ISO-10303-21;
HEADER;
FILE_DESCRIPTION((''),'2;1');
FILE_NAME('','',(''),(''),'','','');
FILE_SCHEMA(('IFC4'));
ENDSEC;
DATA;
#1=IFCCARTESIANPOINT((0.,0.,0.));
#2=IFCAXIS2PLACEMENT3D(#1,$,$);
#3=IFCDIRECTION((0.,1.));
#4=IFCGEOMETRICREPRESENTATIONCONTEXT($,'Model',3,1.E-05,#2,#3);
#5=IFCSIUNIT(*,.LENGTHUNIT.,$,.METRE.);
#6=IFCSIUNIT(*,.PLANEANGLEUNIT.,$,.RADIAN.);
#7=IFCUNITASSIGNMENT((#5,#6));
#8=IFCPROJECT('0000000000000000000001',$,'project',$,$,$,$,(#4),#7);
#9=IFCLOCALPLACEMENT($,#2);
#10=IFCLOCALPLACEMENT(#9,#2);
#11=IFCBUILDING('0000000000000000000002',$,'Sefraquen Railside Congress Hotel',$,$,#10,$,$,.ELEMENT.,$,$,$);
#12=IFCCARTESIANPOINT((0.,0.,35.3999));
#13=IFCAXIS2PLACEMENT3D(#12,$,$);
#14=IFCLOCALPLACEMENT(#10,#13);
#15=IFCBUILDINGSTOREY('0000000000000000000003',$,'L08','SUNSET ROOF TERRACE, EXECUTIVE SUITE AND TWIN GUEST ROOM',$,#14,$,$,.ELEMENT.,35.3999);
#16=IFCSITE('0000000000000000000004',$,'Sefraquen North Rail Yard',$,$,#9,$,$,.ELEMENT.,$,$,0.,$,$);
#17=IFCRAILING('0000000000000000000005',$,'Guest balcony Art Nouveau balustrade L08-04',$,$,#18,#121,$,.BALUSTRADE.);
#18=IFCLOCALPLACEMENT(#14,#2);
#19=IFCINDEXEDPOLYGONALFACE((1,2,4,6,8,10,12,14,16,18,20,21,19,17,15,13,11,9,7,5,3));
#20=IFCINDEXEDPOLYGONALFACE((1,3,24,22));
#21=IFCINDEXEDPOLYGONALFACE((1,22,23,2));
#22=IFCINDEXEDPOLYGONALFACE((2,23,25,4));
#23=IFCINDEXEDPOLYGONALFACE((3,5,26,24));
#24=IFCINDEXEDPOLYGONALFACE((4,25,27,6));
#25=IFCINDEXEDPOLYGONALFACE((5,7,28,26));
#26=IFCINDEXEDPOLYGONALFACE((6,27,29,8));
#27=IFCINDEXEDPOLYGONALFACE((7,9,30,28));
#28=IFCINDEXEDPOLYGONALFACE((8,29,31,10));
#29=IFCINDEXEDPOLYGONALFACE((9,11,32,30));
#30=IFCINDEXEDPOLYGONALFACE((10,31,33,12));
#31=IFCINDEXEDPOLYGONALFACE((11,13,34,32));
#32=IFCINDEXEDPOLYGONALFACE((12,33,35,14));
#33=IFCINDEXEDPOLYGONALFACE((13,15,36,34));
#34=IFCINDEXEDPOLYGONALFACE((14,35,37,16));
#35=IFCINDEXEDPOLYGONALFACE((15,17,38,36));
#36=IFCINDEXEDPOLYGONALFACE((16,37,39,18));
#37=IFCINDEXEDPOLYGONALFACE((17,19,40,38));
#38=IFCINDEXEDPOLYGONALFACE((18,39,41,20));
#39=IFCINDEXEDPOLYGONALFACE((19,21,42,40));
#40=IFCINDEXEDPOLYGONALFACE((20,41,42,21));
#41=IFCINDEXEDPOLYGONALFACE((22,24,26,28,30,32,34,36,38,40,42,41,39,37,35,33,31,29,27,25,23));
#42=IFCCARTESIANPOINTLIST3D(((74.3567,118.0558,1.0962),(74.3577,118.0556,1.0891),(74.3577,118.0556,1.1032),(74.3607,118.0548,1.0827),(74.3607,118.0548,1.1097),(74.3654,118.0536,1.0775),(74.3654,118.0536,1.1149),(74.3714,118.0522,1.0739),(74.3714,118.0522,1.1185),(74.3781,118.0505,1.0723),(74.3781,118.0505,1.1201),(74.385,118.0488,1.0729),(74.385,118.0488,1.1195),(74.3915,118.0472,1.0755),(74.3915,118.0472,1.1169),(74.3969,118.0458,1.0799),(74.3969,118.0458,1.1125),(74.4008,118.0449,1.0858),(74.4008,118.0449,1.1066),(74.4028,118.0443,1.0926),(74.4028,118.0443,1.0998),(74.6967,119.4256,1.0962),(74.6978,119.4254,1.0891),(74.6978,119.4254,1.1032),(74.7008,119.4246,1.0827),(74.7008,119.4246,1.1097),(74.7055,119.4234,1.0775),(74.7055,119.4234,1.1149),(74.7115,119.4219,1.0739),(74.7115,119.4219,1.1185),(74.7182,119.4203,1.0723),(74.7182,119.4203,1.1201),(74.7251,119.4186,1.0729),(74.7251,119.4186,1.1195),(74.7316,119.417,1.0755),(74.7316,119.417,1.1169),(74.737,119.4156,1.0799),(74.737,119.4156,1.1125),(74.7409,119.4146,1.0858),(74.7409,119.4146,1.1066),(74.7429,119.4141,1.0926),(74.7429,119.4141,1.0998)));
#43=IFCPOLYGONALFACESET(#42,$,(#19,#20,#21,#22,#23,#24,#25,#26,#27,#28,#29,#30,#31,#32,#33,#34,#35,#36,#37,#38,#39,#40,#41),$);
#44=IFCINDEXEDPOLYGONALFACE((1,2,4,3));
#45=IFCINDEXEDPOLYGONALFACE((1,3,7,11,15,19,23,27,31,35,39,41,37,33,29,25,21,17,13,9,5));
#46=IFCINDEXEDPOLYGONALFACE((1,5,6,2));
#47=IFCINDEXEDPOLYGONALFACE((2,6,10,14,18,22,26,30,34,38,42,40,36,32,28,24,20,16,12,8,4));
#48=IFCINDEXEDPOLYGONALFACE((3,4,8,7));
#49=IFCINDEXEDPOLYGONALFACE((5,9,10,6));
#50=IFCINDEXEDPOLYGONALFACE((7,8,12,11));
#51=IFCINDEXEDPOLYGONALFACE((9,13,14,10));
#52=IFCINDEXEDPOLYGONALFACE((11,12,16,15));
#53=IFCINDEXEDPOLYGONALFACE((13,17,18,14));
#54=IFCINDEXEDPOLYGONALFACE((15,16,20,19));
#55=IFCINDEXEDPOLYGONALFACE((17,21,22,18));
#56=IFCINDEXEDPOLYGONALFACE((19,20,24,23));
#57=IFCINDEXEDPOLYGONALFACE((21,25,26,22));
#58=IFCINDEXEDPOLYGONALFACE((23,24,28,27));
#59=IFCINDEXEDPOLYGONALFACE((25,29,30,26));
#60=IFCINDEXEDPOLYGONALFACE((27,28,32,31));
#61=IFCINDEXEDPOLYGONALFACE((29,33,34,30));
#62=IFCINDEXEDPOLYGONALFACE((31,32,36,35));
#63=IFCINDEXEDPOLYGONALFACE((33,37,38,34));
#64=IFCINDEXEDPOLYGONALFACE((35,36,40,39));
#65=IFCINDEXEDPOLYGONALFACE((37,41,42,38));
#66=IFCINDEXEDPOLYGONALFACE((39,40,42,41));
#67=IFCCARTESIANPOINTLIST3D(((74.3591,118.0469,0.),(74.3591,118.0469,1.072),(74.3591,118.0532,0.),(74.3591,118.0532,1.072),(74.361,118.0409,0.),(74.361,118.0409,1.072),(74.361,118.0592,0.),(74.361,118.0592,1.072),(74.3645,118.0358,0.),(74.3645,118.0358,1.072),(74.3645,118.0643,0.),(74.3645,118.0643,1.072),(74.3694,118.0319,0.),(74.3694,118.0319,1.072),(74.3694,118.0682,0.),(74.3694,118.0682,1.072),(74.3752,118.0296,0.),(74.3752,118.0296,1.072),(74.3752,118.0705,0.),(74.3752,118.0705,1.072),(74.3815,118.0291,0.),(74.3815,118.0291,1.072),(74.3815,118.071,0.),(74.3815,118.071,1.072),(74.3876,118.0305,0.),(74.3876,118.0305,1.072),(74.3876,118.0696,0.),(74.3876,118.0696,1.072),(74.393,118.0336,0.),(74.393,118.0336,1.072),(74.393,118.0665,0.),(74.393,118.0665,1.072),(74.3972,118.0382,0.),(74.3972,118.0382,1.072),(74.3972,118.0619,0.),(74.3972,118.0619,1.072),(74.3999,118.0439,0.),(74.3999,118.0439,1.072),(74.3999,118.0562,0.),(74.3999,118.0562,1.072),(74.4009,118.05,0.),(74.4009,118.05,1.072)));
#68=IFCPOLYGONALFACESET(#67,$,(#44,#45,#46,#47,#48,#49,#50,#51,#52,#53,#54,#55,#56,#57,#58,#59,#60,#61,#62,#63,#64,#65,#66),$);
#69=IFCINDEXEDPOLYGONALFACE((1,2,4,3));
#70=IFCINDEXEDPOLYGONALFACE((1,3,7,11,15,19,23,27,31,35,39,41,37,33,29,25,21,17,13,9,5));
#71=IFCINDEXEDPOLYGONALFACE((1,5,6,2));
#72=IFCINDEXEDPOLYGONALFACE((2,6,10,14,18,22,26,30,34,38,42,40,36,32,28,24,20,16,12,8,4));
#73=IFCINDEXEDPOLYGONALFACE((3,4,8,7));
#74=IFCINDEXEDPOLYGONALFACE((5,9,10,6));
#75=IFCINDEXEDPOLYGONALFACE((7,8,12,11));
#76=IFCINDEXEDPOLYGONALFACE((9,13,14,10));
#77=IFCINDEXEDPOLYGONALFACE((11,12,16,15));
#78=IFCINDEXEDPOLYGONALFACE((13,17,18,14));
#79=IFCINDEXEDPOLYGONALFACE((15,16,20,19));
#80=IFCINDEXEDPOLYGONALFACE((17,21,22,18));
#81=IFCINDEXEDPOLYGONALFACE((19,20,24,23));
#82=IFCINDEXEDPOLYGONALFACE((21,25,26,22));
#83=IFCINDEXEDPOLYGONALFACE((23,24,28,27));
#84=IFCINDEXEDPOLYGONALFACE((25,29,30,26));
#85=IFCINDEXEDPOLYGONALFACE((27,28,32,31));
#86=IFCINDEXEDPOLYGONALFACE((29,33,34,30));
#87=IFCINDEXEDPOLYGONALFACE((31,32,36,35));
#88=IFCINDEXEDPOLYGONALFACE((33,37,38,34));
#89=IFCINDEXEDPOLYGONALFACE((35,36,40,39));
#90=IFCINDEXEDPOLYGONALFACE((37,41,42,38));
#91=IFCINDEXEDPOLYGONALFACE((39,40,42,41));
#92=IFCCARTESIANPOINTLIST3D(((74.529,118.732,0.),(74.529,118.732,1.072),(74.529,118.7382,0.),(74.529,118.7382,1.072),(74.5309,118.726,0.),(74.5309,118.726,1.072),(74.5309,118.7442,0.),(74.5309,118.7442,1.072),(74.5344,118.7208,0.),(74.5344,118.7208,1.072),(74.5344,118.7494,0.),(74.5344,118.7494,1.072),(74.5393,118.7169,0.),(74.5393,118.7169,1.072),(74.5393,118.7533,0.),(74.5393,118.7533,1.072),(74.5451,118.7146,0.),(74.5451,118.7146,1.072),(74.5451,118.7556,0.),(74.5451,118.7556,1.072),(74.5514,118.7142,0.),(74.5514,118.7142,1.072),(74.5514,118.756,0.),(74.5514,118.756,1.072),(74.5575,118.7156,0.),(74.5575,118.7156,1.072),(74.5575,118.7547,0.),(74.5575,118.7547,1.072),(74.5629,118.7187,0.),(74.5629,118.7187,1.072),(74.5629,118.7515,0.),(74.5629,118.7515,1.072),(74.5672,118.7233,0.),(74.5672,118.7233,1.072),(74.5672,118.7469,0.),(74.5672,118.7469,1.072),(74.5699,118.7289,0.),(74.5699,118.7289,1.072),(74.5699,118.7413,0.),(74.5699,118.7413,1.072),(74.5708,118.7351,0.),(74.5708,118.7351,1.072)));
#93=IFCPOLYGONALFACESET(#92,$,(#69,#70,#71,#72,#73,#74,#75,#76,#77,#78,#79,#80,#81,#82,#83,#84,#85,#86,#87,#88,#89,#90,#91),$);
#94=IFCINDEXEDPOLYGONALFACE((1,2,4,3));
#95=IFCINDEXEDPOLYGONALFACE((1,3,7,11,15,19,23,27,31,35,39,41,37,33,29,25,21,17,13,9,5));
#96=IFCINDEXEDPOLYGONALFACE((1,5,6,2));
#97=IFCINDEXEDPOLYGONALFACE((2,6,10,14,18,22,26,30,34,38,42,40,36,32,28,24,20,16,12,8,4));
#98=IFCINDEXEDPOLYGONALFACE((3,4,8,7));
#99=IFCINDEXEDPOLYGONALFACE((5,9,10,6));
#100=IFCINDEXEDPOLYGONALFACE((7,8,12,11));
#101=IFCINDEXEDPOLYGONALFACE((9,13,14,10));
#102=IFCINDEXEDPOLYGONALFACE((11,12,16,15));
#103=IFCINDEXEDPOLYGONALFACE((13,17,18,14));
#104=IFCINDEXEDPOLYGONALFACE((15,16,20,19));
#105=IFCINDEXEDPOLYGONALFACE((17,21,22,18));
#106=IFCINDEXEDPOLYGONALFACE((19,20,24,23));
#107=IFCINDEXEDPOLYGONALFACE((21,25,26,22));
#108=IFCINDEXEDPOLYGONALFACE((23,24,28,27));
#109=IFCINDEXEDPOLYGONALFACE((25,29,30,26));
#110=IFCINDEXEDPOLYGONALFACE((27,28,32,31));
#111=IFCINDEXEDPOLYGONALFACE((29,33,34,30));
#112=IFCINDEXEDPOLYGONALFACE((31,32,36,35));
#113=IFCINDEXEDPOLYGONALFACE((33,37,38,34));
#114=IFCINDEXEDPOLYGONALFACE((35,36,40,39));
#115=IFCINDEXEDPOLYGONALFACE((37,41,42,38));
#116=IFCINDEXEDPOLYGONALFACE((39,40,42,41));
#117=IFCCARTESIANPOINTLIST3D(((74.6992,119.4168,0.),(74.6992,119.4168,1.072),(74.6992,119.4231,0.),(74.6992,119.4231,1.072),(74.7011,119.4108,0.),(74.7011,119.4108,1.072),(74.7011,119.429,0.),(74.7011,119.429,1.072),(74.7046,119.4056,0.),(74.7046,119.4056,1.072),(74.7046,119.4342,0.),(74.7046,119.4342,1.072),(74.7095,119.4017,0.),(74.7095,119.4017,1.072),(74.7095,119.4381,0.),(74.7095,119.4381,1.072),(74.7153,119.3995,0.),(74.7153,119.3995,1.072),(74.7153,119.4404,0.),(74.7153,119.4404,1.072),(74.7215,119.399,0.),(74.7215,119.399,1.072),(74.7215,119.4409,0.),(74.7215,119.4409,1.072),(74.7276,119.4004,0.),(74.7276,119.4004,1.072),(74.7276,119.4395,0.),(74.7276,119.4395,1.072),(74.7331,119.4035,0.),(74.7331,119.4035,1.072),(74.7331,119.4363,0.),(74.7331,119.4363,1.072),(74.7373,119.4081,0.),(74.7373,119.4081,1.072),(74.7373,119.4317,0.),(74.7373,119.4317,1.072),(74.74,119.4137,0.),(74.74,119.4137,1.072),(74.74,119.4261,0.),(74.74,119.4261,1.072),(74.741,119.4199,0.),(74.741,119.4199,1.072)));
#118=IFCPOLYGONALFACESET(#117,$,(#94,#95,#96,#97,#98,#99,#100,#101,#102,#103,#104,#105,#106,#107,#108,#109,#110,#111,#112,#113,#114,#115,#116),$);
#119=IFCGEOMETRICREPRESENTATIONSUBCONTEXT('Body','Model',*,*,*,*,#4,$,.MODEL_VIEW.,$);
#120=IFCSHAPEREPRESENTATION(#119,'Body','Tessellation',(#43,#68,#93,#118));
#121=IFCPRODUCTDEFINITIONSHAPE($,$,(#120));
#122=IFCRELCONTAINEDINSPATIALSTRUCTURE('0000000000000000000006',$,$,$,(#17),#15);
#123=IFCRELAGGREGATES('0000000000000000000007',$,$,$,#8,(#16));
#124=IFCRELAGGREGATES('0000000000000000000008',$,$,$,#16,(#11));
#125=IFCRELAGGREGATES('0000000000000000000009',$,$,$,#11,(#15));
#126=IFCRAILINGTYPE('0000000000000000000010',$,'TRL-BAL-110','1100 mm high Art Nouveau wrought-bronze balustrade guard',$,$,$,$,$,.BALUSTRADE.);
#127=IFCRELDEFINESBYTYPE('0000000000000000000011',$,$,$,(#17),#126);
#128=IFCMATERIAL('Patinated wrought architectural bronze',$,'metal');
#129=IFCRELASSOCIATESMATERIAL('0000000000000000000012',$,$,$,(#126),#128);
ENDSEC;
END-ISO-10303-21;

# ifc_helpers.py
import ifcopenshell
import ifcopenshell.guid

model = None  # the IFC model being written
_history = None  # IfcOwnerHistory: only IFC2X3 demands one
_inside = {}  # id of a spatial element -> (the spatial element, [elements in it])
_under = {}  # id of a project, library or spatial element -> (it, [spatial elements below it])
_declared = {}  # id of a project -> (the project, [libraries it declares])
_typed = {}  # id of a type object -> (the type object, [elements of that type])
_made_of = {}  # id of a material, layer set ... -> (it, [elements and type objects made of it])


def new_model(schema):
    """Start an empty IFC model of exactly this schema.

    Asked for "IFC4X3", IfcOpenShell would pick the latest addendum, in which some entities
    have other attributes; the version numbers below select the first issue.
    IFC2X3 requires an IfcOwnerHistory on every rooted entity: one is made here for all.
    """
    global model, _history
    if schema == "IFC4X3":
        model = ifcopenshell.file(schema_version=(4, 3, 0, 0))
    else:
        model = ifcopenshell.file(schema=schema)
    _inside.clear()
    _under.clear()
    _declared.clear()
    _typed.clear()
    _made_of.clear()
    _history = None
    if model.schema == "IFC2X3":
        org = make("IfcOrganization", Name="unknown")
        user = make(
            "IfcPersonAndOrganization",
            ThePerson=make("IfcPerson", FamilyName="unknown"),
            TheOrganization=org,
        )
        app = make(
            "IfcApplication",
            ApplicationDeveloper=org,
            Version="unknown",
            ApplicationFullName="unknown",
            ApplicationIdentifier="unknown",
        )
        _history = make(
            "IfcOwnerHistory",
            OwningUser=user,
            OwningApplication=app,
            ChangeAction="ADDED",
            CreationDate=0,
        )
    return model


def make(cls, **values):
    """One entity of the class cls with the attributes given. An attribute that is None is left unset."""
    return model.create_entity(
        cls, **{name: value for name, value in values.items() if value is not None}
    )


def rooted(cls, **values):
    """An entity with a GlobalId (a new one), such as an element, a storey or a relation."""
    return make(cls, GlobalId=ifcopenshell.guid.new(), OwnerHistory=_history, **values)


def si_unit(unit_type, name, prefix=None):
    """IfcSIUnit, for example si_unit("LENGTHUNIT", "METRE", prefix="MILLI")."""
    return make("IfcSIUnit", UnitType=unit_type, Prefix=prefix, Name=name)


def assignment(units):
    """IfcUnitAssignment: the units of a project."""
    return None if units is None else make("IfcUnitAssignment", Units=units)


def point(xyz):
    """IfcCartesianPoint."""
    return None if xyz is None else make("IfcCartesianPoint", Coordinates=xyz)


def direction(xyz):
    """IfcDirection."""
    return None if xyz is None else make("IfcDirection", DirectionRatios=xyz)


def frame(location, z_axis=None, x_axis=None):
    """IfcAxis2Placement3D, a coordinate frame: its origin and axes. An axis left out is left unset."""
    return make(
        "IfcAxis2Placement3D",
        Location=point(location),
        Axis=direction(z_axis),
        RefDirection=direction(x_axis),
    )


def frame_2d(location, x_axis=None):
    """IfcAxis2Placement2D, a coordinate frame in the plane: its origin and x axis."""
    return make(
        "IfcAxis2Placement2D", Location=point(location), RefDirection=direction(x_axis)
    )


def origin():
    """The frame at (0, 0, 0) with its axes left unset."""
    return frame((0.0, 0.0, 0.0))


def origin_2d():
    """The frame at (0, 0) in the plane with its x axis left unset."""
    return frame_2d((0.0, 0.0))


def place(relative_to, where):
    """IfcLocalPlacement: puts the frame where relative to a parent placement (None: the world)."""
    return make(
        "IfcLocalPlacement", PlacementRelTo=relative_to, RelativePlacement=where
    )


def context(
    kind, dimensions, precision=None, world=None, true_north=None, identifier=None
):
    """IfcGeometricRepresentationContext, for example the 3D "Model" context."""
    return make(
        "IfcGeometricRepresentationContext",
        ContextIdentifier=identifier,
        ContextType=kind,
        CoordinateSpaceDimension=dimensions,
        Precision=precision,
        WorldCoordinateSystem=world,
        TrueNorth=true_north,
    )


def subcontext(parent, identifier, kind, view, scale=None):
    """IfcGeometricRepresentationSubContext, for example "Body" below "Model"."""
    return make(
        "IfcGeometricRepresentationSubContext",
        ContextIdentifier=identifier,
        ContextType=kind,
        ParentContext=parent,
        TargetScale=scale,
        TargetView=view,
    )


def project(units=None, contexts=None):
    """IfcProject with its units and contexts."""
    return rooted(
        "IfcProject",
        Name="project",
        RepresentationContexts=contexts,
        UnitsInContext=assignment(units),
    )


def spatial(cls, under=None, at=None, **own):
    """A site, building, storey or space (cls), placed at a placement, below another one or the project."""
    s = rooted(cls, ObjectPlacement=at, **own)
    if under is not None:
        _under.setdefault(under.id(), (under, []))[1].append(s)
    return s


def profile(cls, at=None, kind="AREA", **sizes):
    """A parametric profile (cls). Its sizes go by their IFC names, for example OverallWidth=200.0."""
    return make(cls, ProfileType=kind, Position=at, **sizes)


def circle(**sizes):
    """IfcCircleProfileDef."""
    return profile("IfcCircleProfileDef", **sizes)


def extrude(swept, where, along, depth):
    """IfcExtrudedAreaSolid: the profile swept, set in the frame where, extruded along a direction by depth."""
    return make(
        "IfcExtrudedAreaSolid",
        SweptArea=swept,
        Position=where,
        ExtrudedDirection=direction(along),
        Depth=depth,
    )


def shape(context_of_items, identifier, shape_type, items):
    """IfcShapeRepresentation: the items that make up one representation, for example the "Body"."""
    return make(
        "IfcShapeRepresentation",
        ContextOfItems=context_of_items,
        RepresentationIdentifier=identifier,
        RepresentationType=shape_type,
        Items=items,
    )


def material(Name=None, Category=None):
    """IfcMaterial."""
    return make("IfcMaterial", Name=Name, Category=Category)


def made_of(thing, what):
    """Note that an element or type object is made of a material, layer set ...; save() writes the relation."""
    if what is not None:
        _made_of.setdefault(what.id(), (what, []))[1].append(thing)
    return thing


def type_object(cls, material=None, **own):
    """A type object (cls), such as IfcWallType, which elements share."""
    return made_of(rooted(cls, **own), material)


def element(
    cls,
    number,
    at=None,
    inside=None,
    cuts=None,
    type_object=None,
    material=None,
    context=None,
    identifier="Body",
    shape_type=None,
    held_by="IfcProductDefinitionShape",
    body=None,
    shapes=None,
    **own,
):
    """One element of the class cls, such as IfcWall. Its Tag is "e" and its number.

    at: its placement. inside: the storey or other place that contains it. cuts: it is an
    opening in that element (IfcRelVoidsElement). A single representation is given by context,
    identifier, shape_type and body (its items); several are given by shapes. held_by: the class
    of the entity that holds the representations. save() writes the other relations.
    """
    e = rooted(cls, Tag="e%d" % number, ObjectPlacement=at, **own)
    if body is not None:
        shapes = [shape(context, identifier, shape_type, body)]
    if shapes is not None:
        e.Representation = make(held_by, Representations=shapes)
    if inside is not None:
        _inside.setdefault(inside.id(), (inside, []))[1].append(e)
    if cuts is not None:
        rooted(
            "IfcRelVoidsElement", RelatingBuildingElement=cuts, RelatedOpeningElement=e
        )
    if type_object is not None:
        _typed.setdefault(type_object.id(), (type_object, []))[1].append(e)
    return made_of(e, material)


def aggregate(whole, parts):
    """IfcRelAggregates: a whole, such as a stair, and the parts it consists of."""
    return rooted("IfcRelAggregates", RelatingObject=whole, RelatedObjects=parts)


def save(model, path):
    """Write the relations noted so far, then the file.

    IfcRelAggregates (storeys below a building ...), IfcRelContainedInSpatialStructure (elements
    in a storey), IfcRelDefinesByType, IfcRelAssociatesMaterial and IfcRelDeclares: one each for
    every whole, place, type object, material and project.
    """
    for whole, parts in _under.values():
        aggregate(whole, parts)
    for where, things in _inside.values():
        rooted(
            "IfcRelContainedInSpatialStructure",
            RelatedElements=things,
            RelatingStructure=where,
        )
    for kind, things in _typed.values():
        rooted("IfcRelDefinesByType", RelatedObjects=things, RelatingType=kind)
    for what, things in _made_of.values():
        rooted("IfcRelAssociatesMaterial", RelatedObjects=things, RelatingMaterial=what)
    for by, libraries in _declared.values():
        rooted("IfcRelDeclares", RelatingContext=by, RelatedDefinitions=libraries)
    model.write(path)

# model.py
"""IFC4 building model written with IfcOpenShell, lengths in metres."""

from ifc_helpers import new_model, si_unit, direction, frame, origin, origin_2d, place, context, subcontext, project, spatial, circle, extrude, material, type_object, element, save


model = new_model("IFC4")

# Units and contexts
model_context = context("Model", 3, precision=1e-05, world=origin(), true_north=direction((0.0, 1.0)))
body_context = subcontext(model_context, "Body", "Model", "MODEL_VIEW")
ifc_project = project(units=[si_unit("LENGTHUNIT", "METRE"), si_unit("PLANEANGLEUNIT", "RADIAN")], contexts=[model_context])

# Site, building, storey
site_placement = place(None, origin())
site = spatial("IfcSite", under=ifc_project, at=site_placement, Name="Sefraquen North Rail Yard", CompositionType="ELEMENT", RefElevation=0.0)
building_placement = place(site_placement, origin())
building = spatial("IfcBuilding", under=site, at=building_placement, Name="Sefraquen Railside Congress Hotel", CompositionType="ELEMENT")
storey_placement = place(building_placement, frame((0.0, 0.0, 35.3999)))
storey = spatial("IfcBuildingStorey", under=building, at=storey_placement, Name="L08", Description="SUNSET ROOF TERRACE, EXECUTIVE SUITE AND TWIN GUEST ROOM", CompositionType="ELEMENT", Elevation=35.3999)

# Railing
ifc_material_1 = material(Name="Patinated wrought architectural bronze", Category="metal")
railing_type = type_object("IfcRailingType", Name="TRL-BAL-110", Description="1100 mm high Art Nouveau wrought-bronze balustrade guard", PredefinedType="BALUSTRADE", material=ifc_material_1)
railing_1_placement = place(storey_placement, frame((74.3799, 118.05, 0.0)))
element("IfcRailing", 1, at=railing_1_placement, inside=storey, type_object=railing_type, Name="Guest balcony Art Nouveau balustrade L08-04", PredefinedType="BALUSTRADE", context=body_context, shape_type="SweptSolid", body=[
    extrude(circle(Radius=0.0239, at=origin_2d()), frame((0.0, 0.0, 1.0962), z_axis=(0.240948, 0.970538, 0.0), x_axis=(-0.970538, 0.240948, 0.0)), (0.0, 0.0, 1.0), 1.4114),
    extrude(circle(Radius=0.021, at=origin_2d()), origin(), (0.0, 0.0, 1.0), 1.072),
    extrude(circle(Radius=0.021, at=origin_2d()), frame((0.1699, 0.6851, 0.0)), (0.0, 0.0, 1.0), 1.072),
    extrude(circle(Radius=0.021, at=origin_2d()), frame((0.3401, 1.3699, 0.0)), (0.0, 0.0, 1.0), 1.072),
])

save(model, "model.ifc")
